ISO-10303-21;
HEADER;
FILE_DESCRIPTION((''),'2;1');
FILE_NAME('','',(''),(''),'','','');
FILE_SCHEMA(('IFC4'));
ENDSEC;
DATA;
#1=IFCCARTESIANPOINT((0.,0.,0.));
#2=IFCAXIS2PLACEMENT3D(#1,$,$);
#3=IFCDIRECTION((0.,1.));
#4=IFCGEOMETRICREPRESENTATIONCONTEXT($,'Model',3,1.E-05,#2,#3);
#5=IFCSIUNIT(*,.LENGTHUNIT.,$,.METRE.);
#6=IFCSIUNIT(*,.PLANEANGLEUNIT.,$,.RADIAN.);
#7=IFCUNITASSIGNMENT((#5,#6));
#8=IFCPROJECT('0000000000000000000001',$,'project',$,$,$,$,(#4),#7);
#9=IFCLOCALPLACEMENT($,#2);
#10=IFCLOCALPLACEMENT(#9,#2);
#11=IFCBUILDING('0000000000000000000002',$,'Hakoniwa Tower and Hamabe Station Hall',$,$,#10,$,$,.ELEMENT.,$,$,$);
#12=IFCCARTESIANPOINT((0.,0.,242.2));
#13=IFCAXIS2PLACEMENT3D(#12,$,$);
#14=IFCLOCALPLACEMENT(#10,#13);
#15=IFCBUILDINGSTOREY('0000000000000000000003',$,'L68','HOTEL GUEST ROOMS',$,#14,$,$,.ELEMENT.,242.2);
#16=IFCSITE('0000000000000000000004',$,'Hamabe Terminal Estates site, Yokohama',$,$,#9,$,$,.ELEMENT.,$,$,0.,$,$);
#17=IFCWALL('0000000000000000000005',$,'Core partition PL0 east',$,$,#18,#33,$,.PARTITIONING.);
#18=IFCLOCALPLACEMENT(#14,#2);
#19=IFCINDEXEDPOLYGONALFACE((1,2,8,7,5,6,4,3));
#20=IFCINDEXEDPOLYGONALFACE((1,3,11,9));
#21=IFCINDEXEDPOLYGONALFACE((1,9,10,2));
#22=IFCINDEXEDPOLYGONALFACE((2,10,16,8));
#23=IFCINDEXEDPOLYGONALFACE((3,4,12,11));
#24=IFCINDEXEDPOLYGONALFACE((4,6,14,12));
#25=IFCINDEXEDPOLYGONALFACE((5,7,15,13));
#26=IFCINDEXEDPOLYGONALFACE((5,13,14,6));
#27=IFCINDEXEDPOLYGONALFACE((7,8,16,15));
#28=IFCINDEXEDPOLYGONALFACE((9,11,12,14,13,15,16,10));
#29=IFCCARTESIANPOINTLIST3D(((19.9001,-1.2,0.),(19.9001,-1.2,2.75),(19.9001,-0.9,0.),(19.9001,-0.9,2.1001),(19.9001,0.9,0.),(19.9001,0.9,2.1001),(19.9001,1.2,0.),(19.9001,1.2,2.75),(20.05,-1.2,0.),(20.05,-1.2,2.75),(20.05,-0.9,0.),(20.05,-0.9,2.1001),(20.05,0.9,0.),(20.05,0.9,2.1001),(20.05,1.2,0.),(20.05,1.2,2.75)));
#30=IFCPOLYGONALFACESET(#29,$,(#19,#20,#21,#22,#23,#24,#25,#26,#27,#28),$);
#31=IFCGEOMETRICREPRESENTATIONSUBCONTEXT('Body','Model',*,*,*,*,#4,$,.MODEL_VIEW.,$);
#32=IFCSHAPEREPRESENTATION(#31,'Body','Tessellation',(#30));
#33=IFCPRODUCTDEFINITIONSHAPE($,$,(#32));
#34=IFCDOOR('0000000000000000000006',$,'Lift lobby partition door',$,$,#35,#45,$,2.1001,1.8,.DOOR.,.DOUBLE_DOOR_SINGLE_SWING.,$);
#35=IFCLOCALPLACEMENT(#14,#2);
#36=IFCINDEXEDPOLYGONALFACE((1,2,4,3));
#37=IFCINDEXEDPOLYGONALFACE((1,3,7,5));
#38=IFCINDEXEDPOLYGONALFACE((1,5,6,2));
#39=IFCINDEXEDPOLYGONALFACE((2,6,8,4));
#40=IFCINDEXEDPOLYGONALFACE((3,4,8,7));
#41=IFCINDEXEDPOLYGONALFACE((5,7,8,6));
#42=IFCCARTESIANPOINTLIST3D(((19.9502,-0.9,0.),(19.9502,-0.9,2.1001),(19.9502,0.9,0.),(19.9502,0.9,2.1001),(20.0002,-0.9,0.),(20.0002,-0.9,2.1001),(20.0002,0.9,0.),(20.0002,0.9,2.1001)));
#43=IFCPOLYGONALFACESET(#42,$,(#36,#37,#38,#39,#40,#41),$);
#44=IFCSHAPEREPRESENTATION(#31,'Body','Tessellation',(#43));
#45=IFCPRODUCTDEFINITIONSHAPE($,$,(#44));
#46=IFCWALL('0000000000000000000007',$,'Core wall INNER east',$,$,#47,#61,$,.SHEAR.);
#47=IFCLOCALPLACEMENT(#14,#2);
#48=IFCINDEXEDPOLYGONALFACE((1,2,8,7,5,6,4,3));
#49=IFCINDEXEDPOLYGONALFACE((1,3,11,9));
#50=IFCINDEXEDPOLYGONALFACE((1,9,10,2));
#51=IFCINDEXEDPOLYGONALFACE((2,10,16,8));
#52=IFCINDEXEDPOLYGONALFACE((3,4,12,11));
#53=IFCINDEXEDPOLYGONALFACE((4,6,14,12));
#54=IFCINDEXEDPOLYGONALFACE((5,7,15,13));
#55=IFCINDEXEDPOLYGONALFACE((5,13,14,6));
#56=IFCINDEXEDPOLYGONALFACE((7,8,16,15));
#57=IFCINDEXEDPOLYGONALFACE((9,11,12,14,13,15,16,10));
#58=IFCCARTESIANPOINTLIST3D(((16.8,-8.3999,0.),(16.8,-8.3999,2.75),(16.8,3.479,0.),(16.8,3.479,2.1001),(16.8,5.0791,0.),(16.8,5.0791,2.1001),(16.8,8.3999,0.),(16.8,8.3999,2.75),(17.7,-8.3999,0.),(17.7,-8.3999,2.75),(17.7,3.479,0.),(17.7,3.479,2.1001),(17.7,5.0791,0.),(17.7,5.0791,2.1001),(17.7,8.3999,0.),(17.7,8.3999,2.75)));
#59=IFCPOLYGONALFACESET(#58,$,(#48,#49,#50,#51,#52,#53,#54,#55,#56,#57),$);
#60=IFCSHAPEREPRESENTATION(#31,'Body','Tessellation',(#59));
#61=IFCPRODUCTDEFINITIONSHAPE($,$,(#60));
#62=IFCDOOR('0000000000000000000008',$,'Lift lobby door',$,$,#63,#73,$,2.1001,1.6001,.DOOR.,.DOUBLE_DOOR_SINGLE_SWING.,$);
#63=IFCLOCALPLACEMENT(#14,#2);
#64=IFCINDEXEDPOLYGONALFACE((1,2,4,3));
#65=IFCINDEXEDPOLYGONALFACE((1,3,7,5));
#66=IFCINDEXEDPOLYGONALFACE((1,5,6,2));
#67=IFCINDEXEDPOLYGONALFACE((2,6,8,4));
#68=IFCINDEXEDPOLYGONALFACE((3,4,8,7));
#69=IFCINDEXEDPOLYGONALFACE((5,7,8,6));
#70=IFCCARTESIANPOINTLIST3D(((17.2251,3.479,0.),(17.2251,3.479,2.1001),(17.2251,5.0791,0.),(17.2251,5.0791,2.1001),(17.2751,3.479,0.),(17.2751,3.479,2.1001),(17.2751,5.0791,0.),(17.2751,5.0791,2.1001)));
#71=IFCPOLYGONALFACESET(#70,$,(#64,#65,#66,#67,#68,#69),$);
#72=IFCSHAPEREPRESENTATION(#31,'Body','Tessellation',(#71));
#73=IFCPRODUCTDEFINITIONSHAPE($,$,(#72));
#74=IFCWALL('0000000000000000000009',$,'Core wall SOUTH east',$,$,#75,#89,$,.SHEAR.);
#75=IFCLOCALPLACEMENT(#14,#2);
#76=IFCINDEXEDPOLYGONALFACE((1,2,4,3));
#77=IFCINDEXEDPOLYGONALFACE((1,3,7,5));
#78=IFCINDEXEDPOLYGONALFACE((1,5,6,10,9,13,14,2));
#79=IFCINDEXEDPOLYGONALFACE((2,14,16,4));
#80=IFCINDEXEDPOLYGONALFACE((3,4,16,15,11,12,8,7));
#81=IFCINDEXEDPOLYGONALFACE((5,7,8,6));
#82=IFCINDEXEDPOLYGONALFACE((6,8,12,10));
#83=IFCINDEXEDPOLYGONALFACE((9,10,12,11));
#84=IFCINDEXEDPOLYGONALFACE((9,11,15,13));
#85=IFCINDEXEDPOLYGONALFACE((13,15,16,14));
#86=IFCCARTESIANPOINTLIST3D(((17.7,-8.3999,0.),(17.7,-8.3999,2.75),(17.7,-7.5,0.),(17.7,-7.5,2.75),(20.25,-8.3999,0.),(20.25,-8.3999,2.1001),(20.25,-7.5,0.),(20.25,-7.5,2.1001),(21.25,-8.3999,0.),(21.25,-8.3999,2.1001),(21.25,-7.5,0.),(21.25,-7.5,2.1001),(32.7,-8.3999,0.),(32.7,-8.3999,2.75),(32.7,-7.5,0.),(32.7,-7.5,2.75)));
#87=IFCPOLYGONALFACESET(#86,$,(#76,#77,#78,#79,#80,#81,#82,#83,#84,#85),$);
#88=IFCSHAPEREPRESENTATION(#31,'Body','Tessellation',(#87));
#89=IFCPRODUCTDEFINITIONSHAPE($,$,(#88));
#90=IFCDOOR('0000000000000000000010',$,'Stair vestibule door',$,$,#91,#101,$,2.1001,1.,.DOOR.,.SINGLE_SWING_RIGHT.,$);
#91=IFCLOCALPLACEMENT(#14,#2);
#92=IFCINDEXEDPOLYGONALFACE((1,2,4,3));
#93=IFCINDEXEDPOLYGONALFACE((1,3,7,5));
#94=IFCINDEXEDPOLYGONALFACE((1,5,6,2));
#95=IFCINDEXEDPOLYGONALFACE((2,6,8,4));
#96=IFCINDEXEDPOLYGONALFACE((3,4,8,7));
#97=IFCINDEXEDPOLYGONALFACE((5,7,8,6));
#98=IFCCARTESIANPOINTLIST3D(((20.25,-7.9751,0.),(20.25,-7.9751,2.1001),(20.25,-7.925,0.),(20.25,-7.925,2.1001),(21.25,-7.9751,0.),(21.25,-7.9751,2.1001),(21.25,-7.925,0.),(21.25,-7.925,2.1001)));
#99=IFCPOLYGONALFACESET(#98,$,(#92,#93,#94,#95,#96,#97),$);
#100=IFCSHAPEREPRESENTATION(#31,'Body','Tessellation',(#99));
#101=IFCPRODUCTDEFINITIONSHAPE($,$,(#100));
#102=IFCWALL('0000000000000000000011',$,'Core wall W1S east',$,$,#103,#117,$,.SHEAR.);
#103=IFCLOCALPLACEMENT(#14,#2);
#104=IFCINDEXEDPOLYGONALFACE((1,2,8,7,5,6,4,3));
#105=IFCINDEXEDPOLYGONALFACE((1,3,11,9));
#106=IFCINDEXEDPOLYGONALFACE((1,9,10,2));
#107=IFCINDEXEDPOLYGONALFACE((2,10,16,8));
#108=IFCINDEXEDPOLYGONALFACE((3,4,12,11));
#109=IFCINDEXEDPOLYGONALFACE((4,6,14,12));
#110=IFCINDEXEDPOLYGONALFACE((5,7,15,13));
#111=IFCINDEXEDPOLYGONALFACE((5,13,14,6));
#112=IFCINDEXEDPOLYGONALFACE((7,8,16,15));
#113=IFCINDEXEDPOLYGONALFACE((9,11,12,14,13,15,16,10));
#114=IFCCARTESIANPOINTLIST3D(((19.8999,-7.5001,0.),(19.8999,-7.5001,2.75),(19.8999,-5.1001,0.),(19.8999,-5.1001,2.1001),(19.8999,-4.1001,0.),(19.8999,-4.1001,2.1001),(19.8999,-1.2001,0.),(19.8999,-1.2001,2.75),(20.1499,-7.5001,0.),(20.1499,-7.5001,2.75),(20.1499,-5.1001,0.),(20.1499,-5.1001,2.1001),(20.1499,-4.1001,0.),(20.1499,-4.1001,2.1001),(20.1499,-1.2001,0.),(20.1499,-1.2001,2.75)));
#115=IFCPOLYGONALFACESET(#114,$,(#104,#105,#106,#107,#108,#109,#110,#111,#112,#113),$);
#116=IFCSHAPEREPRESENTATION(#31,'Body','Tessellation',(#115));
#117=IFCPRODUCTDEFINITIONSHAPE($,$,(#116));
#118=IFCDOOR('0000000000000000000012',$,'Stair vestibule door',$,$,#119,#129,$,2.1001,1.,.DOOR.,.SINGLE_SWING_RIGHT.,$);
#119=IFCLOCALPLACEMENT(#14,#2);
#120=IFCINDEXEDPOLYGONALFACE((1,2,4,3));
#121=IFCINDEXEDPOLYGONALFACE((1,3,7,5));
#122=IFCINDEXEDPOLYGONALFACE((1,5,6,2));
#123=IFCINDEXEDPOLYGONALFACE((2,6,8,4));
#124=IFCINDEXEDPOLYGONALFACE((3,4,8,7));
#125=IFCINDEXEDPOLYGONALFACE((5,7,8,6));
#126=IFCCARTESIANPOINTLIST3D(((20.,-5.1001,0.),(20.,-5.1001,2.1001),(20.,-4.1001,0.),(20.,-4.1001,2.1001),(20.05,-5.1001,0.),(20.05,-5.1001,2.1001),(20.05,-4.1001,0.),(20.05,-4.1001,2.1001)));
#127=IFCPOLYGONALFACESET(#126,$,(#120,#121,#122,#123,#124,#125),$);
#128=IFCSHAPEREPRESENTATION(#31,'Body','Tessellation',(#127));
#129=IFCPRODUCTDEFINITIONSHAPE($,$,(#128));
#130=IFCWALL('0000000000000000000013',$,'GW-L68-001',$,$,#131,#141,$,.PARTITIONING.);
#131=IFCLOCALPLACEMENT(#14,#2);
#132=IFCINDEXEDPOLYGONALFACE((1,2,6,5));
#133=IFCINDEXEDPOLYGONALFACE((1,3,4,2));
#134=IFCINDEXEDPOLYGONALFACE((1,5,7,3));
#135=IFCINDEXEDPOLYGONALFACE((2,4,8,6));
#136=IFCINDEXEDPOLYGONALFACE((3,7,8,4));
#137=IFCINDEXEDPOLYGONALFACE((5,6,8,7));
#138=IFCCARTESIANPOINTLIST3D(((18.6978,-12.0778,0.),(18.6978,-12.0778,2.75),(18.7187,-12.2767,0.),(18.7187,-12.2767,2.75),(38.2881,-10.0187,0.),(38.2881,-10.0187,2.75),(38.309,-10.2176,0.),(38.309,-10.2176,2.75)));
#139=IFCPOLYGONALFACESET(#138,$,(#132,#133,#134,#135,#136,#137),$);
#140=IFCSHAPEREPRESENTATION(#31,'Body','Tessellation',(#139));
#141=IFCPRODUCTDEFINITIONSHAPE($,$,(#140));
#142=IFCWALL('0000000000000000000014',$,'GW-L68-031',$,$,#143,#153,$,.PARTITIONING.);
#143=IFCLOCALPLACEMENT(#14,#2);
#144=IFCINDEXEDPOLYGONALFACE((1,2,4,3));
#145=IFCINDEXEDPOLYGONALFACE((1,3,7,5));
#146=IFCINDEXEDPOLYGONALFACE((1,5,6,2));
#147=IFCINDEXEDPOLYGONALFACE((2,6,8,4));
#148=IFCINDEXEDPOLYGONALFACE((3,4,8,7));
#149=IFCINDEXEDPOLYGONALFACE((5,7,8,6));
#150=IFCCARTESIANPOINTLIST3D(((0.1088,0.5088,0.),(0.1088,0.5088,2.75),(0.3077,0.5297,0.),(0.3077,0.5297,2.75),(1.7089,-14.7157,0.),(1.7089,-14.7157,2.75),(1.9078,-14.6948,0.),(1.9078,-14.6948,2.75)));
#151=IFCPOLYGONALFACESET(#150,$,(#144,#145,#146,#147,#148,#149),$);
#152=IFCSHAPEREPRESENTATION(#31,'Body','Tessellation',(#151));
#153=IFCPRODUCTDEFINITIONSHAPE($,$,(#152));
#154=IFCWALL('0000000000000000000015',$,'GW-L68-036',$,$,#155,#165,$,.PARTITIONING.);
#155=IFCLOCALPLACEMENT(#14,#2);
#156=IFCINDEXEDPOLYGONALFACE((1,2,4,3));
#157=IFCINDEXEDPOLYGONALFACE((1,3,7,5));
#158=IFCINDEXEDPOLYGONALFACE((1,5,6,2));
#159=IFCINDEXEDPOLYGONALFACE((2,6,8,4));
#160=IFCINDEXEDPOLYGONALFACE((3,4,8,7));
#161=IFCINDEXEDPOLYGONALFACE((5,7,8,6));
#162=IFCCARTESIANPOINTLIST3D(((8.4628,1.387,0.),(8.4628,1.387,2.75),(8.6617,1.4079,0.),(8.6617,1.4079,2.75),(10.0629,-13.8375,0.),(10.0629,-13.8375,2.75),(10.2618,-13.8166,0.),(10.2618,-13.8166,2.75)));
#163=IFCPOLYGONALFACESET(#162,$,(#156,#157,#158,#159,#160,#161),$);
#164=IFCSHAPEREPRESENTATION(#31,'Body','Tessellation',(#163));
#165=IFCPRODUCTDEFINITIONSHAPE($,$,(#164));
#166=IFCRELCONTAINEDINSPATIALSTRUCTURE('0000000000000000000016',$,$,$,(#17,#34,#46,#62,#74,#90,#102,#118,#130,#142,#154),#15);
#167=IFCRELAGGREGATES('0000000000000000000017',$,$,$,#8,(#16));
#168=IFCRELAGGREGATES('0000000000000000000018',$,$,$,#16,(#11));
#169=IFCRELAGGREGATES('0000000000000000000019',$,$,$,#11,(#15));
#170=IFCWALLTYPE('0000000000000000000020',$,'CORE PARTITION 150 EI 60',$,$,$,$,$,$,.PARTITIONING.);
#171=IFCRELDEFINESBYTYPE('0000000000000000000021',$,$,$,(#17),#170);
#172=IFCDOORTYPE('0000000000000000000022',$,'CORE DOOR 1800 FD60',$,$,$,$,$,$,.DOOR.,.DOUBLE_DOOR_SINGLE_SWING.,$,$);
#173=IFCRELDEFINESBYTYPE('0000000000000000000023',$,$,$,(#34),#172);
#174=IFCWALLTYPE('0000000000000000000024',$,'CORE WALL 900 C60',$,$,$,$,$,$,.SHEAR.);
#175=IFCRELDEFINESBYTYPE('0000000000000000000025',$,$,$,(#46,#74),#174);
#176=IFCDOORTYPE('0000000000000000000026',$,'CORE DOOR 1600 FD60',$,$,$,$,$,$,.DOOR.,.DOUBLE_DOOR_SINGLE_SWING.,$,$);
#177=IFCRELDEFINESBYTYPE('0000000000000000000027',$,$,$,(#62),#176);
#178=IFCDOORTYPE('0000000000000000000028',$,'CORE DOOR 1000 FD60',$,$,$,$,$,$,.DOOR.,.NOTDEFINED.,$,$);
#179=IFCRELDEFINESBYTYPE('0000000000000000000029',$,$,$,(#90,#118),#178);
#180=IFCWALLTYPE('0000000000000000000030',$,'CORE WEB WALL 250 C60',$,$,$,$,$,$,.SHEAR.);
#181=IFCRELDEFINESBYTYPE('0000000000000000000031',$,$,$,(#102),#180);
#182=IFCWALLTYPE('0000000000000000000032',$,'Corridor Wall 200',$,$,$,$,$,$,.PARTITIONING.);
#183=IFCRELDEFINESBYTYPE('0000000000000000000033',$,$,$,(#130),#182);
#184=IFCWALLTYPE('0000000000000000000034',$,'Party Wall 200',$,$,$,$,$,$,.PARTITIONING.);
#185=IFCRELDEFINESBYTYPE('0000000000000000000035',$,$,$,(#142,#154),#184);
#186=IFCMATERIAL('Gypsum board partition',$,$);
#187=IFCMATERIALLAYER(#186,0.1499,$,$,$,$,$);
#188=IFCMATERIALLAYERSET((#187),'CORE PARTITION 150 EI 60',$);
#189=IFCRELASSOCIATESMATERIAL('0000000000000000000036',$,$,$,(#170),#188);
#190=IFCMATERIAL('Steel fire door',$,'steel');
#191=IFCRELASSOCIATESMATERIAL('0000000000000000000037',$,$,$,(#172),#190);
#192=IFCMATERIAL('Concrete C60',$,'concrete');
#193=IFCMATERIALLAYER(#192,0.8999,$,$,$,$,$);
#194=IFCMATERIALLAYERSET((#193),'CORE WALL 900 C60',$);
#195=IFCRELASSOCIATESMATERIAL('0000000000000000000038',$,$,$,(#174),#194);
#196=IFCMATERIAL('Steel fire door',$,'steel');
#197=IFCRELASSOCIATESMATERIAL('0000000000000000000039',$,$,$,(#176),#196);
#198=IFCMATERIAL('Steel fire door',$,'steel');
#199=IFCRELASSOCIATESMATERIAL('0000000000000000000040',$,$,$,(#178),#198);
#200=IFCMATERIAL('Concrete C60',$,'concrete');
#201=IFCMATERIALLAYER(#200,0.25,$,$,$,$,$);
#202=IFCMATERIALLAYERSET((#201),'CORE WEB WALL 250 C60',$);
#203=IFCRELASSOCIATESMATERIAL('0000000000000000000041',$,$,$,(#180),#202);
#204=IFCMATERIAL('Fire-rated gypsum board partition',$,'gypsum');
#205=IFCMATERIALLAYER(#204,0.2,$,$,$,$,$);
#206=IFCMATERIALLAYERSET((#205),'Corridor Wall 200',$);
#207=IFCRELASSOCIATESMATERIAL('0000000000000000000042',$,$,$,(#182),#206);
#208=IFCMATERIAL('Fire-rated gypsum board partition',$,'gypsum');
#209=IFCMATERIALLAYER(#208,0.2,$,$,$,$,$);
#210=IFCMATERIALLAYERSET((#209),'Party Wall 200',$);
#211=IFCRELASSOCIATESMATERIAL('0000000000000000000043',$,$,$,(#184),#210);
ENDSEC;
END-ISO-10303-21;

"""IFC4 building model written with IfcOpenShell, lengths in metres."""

from ifc_helpers import new_model, si_unit, direction, frame, frame_2d, origin, place, context, subcontext, project, spatial, rectangle, extrude, material, layer, layer_set, type_object, element, fill, save


model = new_model("IFC4")

# Units and contexts
model_context = context("Model", 3, precision=1e-05, world=origin(), true_north=direction((0.0, 1.0)))
body_context = subcontext(model_context, "Body", "Model", "MODEL_VIEW")
ifc_project = project(units=[si_unit("LENGTHUNIT", "METRE"), si_unit("PLANEANGLEUNIT", "RADIAN")], contexts=[model_context])

# Site, building, storey
site_placement = place(None, origin())
site = spatial("IfcSite", under=ifc_project, at=site_placement, Name="Hamabe Terminal Estates site, Yokohama", CompositionType="ELEMENT", RefElevation=0.0)
building_placement = place(site_placement, origin())
building = spatial("IfcBuilding", under=site, at=building_placement, Name="Hakoniwa Tower and Hamabe Station Hall", CompositionType="ELEMENT")
storey_placement = place(building_placement, frame((0.0, 0.0, 242.2)))
storey = spatial("IfcBuildingStorey", under=building, at=storey_placement, Name="L68", Description="HOTEL GUEST ROOMS", CompositionType="ELEMENT", Elevation=242.2)

# Walls, openings, doors
ifc_material_1 = material(Name="Gypsum board partition")
ifc_layer_1 = layer(ifc_material_1, 0.1499)
ifc_layer_set_1 = layer_set([ifc_layer_1], Name="CORE PARTITION 150 EI 60")
wall_type_1 = type_object("IfcWallType", Name="CORE PARTITION 150 EI 60", PredefinedType="PARTITIONING", material=ifc_layer_set_1)
wall_1_placement = place(storey_placement, frame((19.9751, -1.2, 0.0), z_axis=(0.0, 0.0, 1.0), x_axis=(0.0, 1.0, 0.0)))
wall_1 = element("IfcWall", 1, at=wall_1_placement, inside=storey, type_object=wall_type_1, Name="Core partition PL0 east", PredefinedType="PARTITIONING", context=body_context, shape_type="SweptSolid", body=[
    extrude(rectangle(XDim=2.3999, YDim=0.1499, at=frame_2d((1.2, 0.0))), origin(), (0.0, 0.0, 1.0), 2.75),
])
opening_1_placement = place(wall_1_placement, frame((0.3, 0.0, 0.0)))
opening_1 = element("IfcOpeningElement", 2, at=opening_1_placement, cuts=wall_1, PredefinedType="OPENING", context=body_context, shape_type="SweptSolid", body=[
    extrude(rectangle(XDim=1.8, YDim=2.1001, at=frame_2d((0.8999, 1.05))), frame((0.0, 0.085, 0.0), z_axis=(0.0, -1.0, 0.0), x_axis=(1.0, 0.0, 0.0)), (0.0, 0.0, 1.0), 0.1699),
])
ifc_material_2 = material(Name="Steel fire door", Category="steel")
door_type_1 = type_object("IfcDoorType", Name="CORE DOOR 1800 FD60", OperationType="DOUBLE_DOOR_SINGLE_SWING", PredefinedType="DOOR", material=ifc_material_2)
door_1_placement = place(opening_1_placement, origin())
door_1 = element("IfcDoor", 3, at=door_1_placement, inside=storey, type_object=door_type_1, Name="Lift lobby partition door", OperationType="DOUBLE_DOOR_SINGLE_SWING", OverallHeight=2.1001, OverallWidth=1.8, PredefinedType="DOOR", context=body_context, shape_type="SweptSolid", body=[
    extrude(rectangle(XDim=1.8, YDim=2.1001, at=frame_2d((0.8999, 1.05))), frame((0.0, 0.0249, 0.0), z_axis=(0.0, -1.0, 0.0), x_axis=(1.0, 0.0, 0.0)), (0.0, 0.0, 1.0), 0.05),
])
fill(opening_1, door_1)
ifc_material_3 = material(Name="Concrete C60", Category="concrete")
ifc_layer_2 = layer(ifc_material_3, 0.8999)
ifc_layer_set_2 = layer_set([ifc_layer_2], Name="CORE WALL 900 C60")
wall_type_2 = type_object("IfcWallType", Name="CORE WALL 900 C60", PredefinedType="SHEAR", material=ifc_layer_set_2)
wall_2_placement = place(storey_placement, frame((17.25, -8.3999, 0.0), z_axis=(0.0, 0.0, 1.0), x_axis=(0.0, 1.0, 0.0)))
wall_2 = element("IfcWall", 4, at=wall_2_placement, inside=storey, type_object=wall_type_2, Name="Core wall INNER east", PredefinedType="SHEAR", context=body_context, shape_type="SweptSolid", body=[
    extrude(rectangle(XDim=16.7998, YDim=0.8999, at=frame_2d((8.3999, 0.0))), origin(), (0.0, 0.0, 1.0), 2.75),
])
opening_2_placement = place(wall_2_placement, frame((11.8789, 0.0, 0.0)))
opening_2 = element("IfcOpeningElement", 5, at=opening_2_placement, cuts=wall_2, PredefinedType="OPENING", context=body_context, shape_type="SweptSolid", body=[
    extrude(rectangle(XDim=1.6001, YDim=2.1001, at=frame_2d((0.8, 1.05))), frame((0.0, 0.46, 0.0), z_axis=(0.0, -1.0, 0.0), x_axis=(1.0, 0.0, 0.0)), (0.0, 0.0, 1.0), 0.9199),
])
ifc_material_4 = material(Name="Steel fire door", Category="steel")
door_type_2 = type_object("IfcDoorType", Name="CORE DOOR 1600 FD60", OperationType="DOUBLE_DOOR_SINGLE_SWING", PredefinedType="DOOR", material=ifc_material_4)
door_2_placement = place(opening_2_placement, origin())
door_2 = element("IfcDoor", 6, at=door_2_placement, inside=storey, type_object=door_type_2, Name="Lift lobby door", OperationType="DOUBLE_DOOR_SINGLE_SWING", OverallHeight=2.1001, OverallWidth=1.6001, PredefinedType="DOOR", context=body_context, shape_type="SweptSolid", body=[
    extrude(rectangle(XDim=1.6001, YDim=2.1001, at=frame_2d((0.8, 1.05))), frame((0.0, 0.0249, 0.0), z_axis=(0.0, -1.0, 0.0), x_axis=(1.0, 0.0, 0.0)), (0.0, 0.0, 1.0), 0.05),
])
fill(opening_2, door_2)
wall_3_placement = place(storey_placement, frame((17.7, -7.95, 0.0), z_axis=(0.0, 0.0, 1.0), x_axis=(1.0, 0.0, 0.0)))
wall_3 = element("IfcWall", 7, at=wall_3_placement, inside=storey, type_object=wall_type_2, Name="Core wall SOUTH east", PredefinedType="SHEAR", context=body_context, shape_type="SweptSolid", body=[
    extrude(rectangle(XDim=15.0, YDim=0.8999, at=frame_2d((7.5, 0.0))), origin(), (0.0, 0.0, 1.0), 2.75),
])
opening_3_placement = place(wall_3_placement, frame((2.55, 0.0, 0.0)))
opening_3 = element("IfcOpeningElement", 8, at=opening_3_placement, cuts=wall_3, PredefinedType="OPENING", context=body_context, shape_type="SweptSolid", body=[
    extrude(rectangle(XDim=1.0, YDim=2.1001, at=frame_2d((0.5, 1.05))), frame((0.0, 0.46, 0.0), z_axis=(0.0, -1.0, 0.0), x_axis=(1.0, 0.0, 0.0)), (0.0, 0.0, 1.0), 0.9199),
])
ifc_material_5 = material(Name="Steel fire door", Category="steel")
door_type_3 = type_object("IfcDoorType", Name="CORE DOOR 1000 FD60", OperationType="NOTDEFINED", PredefinedType="DOOR", material=ifc_material_5)
door_3_placement = place(opening_3_placement, origin())
door_3 = element("IfcDoor", 9, at=door_3_placement, inside=storey, type_object=door_type_3, Name="Stair vestibule door", OperationType="SINGLE_SWING_RIGHT", OverallHeight=2.1001, OverallWidth=1.0, PredefinedType="DOOR", context=body_context, shape_type="SweptSolid", body=[
    extrude(rectangle(XDim=1.0, YDim=2.1001, at=frame_2d((0.5, 1.05))), frame((0.0, 0.0249, 0.0), z_axis=(0.0, -1.0, 0.0), x_axis=(1.0, 0.0, 0.0)), (0.0, 0.0, 1.0), 0.05),
])
fill(opening_3, door_3)
ifc_material_6 = material(Name="Concrete C60", Category="concrete")
ifc_layer_3 = layer(ifc_material_6, 0.25)
ifc_layer_set_3 = layer_set([ifc_layer_3], Name="CORE WEB WALL 250 C60")
wall_type_3 = type_object("IfcWallType", Name="CORE WEB WALL 250 C60", PredefinedType="SHEAR", material=ifc_layer_set_3)
wall_4_placement = place(storey_placement, frame((20.0249, -7.5, 0.0), z_axis=(0.0, 0.0, 1.0), x_axis=(0.0, 1.0, 0.0)))
wall_4 = element("IfcWall", 10, at=wall_4_placement, inside=storey, type_object=wall_type_3, Name="Core wall W1S east", PredefinedType="SHEAR", context=body_context, shape_type="SweptSolid", body=[
    extrude(rectangle(XDim=6.3, YDim=0.25, at=frame_2d((3.1499, 0.0))), origin(), (0.0, 0.0, 1.0), 2.75),
])
opening_4_placement = place(wall_4_placement, frame((2.3999, 0.0, 0.0)))
opening_4 = element("IfcOpeningElement", 11, at=opening_4_placement, cuts=wall_4, PredefinedType="OPENING", context=body_context, shape_type="SweptSolid", body=[
    extrude(rectangle(XDim=1.0, YDim=2.1001, at=frame_2d((0.5, 1.05))), frame((0.0, 0.135, 0.0), z_axis=(0.0, -1.0, 0.0), x_axis=(1.0, 0.0, 0.0)), (0.0, 0.0, 1.0), 0.27),
])
door_4_placement = place(opening_4_placement, origin())
door_4 = element("IfcDoor", 12, at=door_4_placement, inside=storey, type_object=door_type_3, Name="Stair vestibule door", OperationType="SINGLE_SWING_RIGHT", OverallHeight=2.1001, OverallWidth=1.0, PredefinedType="DOOR", context=body_context, shape_type="SweptSolid", body=[
    extrude(rectangle(XDim=1.0, YDim=2.1001, at=frame_2d((0.5, 1.05))), frame((0.0, 0.0249, 0.0), z_axis=(0.0, -1.0, 0.0), x_axis=(1.0, 0.0, 0.0)), (0.0, 0.0, 1.0), 0.05),
])
fill(opening_4, door_4)

# Walls
ifc_material_7 = material(Name="Fire-rated gypsum board partition", Category="gypsum")
ifc_layer_4 = layer(ifc_material_7, 0.2)
ifc_layer_set_4 = layer_set([ifc_layer_4], Name="Corridor Wall 200")
wall_type_4 = type_object("IfcWallType", Name="Corridor Wall 200", PredefinedType="PARTITIONING", material=ifc_layer_set_4)
wall_5_placement = place(storey_placement, frame((18.7083, -12.1772, 0.0), z_axis=(0.0, 0.0, 1.0), x_axis=(0.994522, 0.104531, 0.0)))
element("IfcWall", 13, at=wall_5_placement, inside=storey, type_object=wall_type_4, Name="GW-L68-001", PredefinedType="PARTITIONING", context=body_context, shape_type="SweptSolid", body=[
    extrude(rectangle(XDim=19.6982, YDim=0.2, at=frame_2d((9.8491, 0.0))), origin(), (0.0, 0.0, 1.0), 2.75),
])
ifc_material_8 = material(Name="Fire-rated gypsum board partition", Category="gypsum")
ifc_layer_5 = layer(ifc_material_8, 0.2)
ifc_layer_set_5 = layer_set([ifc_layer_5], Name="Party Wall 200")
wall_type_5 = type_object("IfcWallType", Name="Party Wall 200", PredefinedType="PARTITIONING", material=ifc_layer_set_5)
for number, where, z_axis, x_axis, name in (
    (14, (1.8083, -14.7053, 0.0), (0.0, 0.0, 1.0), (-0.104524, 0.994522, 0.0), "GW-L68-031"),
    (15, (10.1624, -13.8271, 0.0), (0.0, 0.0, 1.0), (-0.104524, 0.994522, 0.0), "GW-L68-036"),
):
    element("IfcWall", number, at=place(storey_placement, frame(where, z_axis=z_axis, x_axis=x_axis)), inside=storey, type_object=wall_type_5, Name=name, PredefinedType="PARTITIONING", context=body_context, shape_type="SweptSolid", body=[
        extrude(rectangle(XDim=15.3083, YDim=0.2, at=frame_2d((7.6543, 0.0))), origin(), (0.0, 0.0, 1.0), 2.75),
    ])

save(model, "model.ifc")
